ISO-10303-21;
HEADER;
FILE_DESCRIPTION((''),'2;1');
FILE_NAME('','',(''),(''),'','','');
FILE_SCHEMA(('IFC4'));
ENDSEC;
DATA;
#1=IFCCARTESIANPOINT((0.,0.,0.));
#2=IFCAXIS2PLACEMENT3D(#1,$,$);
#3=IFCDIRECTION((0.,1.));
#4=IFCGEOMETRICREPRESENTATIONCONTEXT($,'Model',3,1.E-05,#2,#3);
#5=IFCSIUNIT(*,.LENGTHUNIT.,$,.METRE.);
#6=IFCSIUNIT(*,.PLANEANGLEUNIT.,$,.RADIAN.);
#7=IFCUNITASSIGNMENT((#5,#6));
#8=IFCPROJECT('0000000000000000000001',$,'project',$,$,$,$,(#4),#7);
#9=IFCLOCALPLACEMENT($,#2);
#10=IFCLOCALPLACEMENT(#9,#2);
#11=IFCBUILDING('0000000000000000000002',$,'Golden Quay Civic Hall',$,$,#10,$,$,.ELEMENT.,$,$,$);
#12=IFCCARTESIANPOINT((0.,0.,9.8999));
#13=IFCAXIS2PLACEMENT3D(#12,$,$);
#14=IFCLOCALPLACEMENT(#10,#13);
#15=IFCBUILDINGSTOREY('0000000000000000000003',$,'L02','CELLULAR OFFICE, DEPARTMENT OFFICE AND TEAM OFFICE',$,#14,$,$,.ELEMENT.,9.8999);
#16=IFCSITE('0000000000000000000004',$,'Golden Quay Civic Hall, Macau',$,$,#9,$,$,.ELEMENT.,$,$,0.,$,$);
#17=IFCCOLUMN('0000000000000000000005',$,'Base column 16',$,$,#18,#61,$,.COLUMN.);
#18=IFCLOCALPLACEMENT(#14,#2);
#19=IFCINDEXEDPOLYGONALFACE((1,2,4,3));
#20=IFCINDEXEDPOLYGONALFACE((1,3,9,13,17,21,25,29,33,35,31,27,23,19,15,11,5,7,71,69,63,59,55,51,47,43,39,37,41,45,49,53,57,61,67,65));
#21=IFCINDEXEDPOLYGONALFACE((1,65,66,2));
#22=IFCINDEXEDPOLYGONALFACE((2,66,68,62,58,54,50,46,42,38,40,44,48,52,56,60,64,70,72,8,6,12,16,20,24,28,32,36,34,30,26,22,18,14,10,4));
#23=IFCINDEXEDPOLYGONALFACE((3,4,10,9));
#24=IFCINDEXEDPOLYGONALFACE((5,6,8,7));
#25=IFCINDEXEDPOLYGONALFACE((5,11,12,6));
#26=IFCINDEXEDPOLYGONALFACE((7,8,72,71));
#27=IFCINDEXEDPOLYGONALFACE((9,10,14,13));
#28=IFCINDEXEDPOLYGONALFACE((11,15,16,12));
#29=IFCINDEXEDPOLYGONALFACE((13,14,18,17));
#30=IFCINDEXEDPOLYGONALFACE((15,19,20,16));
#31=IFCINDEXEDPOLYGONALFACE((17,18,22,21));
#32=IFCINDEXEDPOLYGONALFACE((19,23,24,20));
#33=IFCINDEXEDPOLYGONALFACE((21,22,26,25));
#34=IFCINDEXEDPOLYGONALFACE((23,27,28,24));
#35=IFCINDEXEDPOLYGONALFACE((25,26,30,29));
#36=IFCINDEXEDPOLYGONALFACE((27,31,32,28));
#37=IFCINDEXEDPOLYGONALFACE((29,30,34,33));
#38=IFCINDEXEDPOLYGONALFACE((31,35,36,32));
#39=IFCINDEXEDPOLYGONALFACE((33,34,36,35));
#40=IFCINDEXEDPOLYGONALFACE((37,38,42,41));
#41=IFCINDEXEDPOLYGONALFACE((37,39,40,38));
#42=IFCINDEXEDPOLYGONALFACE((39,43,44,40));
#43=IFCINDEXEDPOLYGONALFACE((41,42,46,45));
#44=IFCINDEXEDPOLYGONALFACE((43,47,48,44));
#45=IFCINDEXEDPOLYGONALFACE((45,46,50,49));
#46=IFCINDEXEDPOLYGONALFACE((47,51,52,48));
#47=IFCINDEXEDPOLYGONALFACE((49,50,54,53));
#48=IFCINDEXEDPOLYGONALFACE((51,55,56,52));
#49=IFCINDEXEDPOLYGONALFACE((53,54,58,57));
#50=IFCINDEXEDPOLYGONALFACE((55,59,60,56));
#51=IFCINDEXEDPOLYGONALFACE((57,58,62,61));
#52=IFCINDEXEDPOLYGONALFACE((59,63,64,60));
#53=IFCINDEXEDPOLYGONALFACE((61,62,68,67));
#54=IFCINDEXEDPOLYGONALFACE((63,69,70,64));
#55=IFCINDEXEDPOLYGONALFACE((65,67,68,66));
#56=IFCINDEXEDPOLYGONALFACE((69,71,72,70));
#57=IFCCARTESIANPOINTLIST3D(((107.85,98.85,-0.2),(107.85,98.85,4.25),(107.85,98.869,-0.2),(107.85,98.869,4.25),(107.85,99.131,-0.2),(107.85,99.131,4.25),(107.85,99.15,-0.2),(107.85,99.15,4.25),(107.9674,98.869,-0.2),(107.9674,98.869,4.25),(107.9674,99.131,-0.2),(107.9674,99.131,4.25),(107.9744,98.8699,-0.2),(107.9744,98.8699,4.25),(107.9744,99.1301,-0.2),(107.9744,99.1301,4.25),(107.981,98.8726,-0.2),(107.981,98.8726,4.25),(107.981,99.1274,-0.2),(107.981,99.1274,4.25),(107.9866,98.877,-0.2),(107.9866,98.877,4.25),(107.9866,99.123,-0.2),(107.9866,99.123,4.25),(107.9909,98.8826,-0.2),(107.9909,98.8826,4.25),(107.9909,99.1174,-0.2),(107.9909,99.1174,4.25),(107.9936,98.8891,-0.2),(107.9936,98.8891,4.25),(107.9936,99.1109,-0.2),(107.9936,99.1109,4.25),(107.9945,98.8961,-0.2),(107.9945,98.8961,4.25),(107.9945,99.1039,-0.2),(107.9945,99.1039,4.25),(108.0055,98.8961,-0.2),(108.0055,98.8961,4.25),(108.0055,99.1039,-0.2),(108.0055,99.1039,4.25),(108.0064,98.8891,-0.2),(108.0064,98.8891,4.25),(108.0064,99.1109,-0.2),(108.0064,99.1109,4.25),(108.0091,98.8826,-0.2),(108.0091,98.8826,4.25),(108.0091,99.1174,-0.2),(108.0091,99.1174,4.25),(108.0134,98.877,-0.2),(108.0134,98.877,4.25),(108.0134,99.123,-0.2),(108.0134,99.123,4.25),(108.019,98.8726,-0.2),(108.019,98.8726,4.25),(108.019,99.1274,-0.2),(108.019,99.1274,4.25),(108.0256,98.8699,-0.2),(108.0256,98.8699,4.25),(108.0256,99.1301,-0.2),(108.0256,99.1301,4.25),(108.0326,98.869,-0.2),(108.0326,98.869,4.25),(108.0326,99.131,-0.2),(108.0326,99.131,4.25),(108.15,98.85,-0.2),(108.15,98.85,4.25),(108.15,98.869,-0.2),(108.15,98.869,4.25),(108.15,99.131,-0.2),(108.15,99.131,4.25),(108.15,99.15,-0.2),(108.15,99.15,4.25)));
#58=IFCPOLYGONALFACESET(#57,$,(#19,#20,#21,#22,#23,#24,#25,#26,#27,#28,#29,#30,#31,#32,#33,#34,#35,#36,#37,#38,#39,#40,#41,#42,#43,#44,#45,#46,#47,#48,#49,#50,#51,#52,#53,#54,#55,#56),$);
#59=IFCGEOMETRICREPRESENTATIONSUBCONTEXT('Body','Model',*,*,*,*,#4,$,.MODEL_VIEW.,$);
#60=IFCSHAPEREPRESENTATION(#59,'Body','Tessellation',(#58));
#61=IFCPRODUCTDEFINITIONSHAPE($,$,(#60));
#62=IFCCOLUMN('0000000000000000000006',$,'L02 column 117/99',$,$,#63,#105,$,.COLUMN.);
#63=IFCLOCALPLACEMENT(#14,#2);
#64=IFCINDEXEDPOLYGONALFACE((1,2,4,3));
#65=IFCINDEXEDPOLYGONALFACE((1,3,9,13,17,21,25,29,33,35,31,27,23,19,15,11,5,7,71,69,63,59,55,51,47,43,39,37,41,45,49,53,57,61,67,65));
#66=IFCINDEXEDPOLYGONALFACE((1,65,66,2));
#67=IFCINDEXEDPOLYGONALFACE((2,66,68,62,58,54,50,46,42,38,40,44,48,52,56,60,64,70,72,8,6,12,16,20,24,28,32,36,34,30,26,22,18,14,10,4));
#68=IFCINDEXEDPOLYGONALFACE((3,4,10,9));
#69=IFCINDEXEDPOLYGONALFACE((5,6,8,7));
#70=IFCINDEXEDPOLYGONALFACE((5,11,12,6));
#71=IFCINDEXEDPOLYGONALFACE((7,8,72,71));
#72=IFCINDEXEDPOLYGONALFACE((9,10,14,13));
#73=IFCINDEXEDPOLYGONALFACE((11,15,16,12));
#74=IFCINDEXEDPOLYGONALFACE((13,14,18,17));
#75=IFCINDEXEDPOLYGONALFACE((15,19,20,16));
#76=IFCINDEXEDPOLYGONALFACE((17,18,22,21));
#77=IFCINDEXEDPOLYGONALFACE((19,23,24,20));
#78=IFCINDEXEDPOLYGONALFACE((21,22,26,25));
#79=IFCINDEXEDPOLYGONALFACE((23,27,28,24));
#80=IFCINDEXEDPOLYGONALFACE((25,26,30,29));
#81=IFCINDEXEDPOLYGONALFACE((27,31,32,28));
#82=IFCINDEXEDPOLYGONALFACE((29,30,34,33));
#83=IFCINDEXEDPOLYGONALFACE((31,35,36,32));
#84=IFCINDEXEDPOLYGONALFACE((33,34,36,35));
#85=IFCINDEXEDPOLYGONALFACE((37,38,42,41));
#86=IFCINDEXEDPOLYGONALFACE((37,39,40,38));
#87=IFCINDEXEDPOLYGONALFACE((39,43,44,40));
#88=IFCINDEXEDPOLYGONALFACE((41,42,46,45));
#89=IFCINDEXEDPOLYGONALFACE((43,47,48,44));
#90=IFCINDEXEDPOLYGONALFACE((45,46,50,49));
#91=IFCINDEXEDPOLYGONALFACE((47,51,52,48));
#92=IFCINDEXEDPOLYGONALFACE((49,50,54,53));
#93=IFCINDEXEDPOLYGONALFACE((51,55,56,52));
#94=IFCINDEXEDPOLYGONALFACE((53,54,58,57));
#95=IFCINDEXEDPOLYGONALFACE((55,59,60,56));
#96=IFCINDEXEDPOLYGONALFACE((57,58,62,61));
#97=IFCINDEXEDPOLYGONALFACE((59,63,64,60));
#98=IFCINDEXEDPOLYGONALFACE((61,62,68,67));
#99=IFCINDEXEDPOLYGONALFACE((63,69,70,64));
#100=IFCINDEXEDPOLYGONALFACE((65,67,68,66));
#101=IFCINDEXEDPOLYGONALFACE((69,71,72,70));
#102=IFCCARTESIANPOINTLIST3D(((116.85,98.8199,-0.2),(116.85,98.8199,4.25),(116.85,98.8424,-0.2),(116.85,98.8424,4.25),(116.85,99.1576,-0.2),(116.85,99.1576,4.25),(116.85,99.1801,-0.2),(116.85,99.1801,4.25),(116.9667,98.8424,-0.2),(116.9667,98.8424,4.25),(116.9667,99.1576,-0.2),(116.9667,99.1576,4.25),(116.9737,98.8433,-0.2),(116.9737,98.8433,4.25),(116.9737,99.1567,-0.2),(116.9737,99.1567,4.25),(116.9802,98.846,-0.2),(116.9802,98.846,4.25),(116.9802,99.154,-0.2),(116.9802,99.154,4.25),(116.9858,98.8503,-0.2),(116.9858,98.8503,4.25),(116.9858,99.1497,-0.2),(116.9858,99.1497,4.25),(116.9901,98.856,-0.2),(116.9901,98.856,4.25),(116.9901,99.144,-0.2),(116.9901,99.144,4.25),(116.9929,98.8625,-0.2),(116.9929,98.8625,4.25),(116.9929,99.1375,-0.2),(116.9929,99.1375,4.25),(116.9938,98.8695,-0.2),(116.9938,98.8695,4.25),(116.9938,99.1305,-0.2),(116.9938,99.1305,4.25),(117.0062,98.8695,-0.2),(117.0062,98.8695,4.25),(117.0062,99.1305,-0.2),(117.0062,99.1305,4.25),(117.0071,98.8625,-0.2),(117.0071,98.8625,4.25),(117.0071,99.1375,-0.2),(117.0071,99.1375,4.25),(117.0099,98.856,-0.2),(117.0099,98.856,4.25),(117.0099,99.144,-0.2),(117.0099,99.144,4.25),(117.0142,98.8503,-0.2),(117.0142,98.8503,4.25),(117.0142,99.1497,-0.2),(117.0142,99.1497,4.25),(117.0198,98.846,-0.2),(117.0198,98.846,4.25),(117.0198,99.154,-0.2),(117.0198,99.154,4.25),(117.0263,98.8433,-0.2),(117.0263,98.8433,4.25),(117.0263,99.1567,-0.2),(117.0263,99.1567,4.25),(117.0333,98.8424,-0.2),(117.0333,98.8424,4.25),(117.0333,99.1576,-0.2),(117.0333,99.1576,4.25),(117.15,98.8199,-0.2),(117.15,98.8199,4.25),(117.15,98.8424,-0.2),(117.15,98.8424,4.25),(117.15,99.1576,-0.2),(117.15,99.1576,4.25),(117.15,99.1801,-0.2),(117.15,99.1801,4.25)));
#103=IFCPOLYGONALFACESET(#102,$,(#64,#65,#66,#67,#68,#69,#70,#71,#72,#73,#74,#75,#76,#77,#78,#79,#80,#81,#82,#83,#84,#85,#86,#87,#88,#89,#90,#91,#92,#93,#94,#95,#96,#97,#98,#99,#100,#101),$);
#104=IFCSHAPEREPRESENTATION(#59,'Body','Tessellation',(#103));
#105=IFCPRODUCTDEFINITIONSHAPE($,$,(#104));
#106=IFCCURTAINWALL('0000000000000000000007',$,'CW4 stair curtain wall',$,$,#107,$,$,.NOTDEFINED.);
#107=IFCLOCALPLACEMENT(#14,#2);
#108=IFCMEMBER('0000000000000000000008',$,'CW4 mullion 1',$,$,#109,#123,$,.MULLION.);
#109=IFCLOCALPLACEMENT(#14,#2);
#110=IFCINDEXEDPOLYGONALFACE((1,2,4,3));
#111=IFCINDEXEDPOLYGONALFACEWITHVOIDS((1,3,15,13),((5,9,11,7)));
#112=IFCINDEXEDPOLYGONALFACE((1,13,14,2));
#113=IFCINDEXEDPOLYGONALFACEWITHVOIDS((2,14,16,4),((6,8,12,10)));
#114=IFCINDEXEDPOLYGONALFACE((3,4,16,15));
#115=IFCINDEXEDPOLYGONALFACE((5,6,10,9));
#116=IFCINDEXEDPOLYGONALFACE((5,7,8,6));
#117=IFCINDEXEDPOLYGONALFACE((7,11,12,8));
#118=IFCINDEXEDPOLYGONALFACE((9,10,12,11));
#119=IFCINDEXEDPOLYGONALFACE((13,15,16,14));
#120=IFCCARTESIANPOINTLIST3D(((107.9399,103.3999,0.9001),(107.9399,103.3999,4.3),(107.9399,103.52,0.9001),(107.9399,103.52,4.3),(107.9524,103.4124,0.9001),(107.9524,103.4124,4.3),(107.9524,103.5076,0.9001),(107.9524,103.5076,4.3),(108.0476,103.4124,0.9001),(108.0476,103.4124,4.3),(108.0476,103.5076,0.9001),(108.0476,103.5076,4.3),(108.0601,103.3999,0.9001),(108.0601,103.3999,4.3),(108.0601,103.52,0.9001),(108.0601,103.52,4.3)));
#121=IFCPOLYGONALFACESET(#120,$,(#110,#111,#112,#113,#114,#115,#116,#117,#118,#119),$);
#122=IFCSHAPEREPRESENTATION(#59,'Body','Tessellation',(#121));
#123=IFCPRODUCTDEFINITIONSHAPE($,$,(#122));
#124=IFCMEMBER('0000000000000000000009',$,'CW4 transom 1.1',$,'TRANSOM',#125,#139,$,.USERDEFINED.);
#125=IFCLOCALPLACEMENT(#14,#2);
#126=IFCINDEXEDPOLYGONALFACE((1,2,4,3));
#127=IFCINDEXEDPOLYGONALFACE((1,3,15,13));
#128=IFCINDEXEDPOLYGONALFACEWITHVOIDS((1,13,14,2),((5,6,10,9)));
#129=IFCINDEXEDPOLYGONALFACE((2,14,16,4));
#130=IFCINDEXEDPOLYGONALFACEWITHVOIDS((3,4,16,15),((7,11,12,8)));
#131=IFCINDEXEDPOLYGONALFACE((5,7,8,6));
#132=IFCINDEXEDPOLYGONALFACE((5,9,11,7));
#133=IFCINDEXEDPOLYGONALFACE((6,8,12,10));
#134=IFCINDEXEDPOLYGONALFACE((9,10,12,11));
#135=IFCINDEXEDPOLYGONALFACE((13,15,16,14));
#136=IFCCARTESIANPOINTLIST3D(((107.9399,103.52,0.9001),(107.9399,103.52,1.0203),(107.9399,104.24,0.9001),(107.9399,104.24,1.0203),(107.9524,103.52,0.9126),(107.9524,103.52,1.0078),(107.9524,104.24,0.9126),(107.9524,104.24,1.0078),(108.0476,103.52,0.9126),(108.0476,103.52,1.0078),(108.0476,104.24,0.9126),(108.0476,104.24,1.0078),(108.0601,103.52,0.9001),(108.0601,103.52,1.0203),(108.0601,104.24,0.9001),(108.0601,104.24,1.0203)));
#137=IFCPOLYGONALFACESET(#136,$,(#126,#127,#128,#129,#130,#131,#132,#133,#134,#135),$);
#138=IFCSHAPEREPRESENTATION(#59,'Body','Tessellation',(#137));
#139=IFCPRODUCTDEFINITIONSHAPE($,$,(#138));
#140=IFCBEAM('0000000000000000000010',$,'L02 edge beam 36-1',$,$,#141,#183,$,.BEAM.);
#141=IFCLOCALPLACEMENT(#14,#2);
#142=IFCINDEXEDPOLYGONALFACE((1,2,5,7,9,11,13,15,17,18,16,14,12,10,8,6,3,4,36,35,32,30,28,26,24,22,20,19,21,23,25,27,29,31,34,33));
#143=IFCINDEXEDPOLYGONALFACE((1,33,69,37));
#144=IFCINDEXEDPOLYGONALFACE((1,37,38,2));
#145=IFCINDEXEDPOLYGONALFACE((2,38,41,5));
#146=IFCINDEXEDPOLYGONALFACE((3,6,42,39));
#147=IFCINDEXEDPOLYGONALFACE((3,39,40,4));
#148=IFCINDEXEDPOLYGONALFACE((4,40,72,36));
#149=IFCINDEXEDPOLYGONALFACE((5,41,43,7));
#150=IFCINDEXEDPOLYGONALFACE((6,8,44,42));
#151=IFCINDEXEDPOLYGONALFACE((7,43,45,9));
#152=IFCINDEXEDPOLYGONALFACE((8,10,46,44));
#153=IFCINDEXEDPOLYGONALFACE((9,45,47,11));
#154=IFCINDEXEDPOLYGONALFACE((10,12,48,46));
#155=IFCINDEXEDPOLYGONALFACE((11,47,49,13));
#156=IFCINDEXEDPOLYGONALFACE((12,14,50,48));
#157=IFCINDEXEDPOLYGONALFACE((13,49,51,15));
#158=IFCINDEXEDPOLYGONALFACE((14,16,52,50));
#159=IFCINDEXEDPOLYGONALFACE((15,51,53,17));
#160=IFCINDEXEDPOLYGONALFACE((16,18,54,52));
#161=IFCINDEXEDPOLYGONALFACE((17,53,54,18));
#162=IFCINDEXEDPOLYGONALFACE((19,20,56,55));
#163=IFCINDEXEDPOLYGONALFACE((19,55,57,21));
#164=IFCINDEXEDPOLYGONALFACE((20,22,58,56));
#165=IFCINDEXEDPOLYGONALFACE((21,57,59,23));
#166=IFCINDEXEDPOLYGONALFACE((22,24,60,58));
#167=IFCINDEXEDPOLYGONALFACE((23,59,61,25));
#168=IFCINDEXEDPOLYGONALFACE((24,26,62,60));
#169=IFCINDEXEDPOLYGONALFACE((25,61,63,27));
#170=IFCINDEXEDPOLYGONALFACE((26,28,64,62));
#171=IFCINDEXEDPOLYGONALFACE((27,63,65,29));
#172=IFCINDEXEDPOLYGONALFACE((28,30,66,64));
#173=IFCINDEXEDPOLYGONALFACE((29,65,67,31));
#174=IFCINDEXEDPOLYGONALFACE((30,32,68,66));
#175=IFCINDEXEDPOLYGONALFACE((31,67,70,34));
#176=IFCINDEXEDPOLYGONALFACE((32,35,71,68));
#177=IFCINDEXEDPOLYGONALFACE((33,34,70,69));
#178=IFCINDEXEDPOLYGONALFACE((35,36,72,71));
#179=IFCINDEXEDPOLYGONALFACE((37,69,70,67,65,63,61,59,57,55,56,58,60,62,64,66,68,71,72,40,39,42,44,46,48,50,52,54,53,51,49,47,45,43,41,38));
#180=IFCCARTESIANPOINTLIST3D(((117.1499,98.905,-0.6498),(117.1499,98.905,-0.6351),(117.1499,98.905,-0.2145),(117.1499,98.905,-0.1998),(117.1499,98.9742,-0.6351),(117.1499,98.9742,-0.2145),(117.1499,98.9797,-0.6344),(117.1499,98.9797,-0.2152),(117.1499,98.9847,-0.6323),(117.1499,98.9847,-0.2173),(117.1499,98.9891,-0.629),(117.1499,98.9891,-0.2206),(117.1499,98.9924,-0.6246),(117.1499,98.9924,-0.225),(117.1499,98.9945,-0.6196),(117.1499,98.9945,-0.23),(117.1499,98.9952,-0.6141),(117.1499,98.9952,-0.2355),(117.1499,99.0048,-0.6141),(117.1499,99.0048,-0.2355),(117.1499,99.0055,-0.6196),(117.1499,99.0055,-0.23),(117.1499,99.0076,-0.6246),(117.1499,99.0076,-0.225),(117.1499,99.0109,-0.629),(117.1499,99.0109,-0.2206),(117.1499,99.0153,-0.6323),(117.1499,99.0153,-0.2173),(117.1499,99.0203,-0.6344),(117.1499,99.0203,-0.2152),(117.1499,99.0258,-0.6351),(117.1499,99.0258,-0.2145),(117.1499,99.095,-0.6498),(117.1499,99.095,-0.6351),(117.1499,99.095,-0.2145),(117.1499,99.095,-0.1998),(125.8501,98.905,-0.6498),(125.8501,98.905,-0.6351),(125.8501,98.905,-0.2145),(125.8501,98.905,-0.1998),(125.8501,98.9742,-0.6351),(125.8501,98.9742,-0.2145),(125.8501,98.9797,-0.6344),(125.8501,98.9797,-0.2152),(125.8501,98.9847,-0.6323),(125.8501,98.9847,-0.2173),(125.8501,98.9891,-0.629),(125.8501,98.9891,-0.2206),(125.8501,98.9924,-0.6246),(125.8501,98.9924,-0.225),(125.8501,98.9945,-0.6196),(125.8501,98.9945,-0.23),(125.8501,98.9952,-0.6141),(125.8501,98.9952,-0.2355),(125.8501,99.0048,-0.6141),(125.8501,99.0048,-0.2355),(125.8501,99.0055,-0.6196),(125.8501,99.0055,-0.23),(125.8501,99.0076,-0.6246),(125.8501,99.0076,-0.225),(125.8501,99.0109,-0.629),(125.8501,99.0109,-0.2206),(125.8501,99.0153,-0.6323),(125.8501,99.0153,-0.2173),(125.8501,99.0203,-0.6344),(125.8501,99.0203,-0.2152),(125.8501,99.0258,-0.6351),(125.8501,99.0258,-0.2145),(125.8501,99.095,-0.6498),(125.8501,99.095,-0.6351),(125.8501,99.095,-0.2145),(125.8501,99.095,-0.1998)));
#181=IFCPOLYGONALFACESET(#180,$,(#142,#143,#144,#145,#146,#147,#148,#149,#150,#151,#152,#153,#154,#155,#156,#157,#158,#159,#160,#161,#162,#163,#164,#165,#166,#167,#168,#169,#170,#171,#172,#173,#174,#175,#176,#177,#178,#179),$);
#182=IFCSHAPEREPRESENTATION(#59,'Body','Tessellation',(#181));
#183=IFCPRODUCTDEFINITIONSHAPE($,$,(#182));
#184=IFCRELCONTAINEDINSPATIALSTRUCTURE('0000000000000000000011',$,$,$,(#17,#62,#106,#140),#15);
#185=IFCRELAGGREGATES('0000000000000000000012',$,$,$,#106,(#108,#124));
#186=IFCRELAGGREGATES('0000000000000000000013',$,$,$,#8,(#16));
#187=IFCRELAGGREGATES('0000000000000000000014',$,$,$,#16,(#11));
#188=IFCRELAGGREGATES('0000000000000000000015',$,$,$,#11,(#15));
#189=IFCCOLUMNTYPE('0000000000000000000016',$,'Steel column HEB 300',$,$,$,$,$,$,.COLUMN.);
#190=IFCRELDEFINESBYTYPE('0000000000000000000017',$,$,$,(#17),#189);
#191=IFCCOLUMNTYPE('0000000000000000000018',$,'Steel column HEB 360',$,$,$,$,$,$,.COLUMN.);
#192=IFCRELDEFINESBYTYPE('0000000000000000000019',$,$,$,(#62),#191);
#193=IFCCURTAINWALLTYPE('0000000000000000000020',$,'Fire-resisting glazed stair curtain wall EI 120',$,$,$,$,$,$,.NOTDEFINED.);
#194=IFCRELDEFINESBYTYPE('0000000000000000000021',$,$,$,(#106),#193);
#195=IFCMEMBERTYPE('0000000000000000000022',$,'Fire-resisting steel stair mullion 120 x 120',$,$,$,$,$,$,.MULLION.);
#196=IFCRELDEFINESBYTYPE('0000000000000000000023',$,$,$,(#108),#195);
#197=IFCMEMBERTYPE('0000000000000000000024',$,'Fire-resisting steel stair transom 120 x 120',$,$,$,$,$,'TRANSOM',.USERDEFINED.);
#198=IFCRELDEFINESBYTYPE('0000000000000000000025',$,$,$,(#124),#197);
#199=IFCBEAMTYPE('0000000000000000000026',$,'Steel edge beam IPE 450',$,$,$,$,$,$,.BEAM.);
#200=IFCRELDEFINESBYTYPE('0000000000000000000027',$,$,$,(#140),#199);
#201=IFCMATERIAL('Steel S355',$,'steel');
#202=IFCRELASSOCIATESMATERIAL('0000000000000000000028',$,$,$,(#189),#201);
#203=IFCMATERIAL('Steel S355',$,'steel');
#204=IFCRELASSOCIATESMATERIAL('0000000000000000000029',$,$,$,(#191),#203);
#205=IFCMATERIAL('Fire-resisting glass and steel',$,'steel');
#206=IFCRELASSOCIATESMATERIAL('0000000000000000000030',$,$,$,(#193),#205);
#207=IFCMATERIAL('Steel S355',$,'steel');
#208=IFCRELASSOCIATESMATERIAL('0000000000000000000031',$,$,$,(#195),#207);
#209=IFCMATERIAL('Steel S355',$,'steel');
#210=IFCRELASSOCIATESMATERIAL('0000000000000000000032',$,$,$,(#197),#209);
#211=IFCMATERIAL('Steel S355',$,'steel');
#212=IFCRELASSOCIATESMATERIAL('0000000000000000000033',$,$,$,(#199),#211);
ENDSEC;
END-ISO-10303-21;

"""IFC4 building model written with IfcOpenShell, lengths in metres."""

from ifc_helpers import new_model, si_unit, direction, frame, origin, origin_2d, place, context, subcontext, project, spatial, hollow_rectangle, i_section, extrude, material, material_profile, profile_set, type_object, element, aggregate, save


model = new_model("IFC4")

# Units and contexts
model_context = context("Model", 3, precision=1e-05, world=origin(), true_north=direction((0.0, 1.0)))
body_context = subcontext(model_context, "Body", "Model", "MODEL_VIEW")
ifc_project = project(units=[si_unit("LENGTHUNIT", "METRE"), si_unit("PLANEANGLEUNIT", "RADIAN")], contexts=[model_context])

# Site, building, storey
site_placement = place(None, origin())
site = spatial("IfcSite", under=ifc_project, at=site_placement, Name="Golden Quay Civic Hall, Macau", CompositionType="ELEMENT", RefElevation=0.0)
building_placement = place(site_placement, origin())
building = spatial("IfcBuilding", under=site, at=building_placement, Name="Golden Quay Civic Hall", CompositionType="ELEMENT")
storey_placement = place(building_placement, frame((0.0, 0.0, 9.8999)))
storey = spatial("IfcBuildingStorey", under=building, at=storey_placement, Name="L02", Description="CELLULAR OFFICE, DEPARTMENT OFFICE AND TEAM OFFICE", CompositionType="ELEMENT", Elevation=9.8999)

# Columns
ifc_material_1 = material(Name="Steel S355", Category="steel")
ifc_material_profile_1 = material_profile(ifc_material_1, i_section(OverallWidth=0.3, OverallDepth=0.3, WebThickness=0.011, FlangeThickness=0.019, FilletRadius=0.0271, at=origin_2d()), Name="HEB 300")
ifc_profile_set_1 = profile_set([ifc_material_profile_1], Name="Steel S355")
column_type_1 = type_object("IfcColumnType", Name="Steel column HEB 300", PredefinedType="COLUMN", material=ifc_profile_set_1)
column_1_placement = place(storey_placement, frame((108.0, 99.0, -0.2), z_axis=(0.0, 0.0, 1.0), x_axis=(1.0, 0.0, 0.0)))
element("IfcColumn", 1, at=column_1_placement, inside=storey, type_object=column_type_1, Name="Base column 16", PredefinedType="COLUMN", context=body_context, shape_type="SweptSolid", body=[
    extrude(i_section(OverallWidth=0.3, OverallDepth=0.3, WebThickness=0.011, FlangeThickness=0.019, FilletRadius=0.0271, at=origin_2d()), origin(), (0.0, 0.0, 1.0), 4.45),
])
ifc_material_2 = material(Name="Steel S355", Category="steel")
ifc_material_profile_2 = material_profile(ifc_material_2, i_section(OverallWidth=0.3, OverallDepth=0.3601, WebThickness=0.0125, FlangeThickness=0.0225, FilletRadius=0.0271, at=origin_2d()), Name="HEB 360")
ifc_profile_set_2 = profile_set([ifc_material_profile_2], Name="Steel S355")
column_type_2 = type_object("IfcColumnType", Name="Steel column HEB 360", PredefinedType="COLUMN", material=ifc_profile_set_2)
column_2_placement = place(storey_placement, frame((117.0, 99.0, -0.2), z_axis=(0.0, 0.0, 1.0), x_axis=(1.0, 0.0, 0.0)))
element("IfcColumn", 2, at=column_2_placement, inside=storey, type_object=column_type_2, Name="L02 column 117/99", PredefinedType="COLUMN", context=body_context, shape_type="SweptSolid", body=[
    extrude(i_section(OverallWidth=0.3, OverallDepth=0.3601, WebThickness=0.0125, FlangeThickness=0.0225, FilletRadius=0.0271, at=origin_2d()), origin(), (0.0, 0.0, 1.0), 4.45),
])

# Curtain wall, members
ifc_material_3 = material(Name="Fire-resisting glass and steel", Category="steel")
curtain_wall_type = type_object("IfcCurtainWallType", Name="Fire-resisting glazed stair curtain wall EI 120", PredefinedType="NOTDEFINED", material=ifc_material_3)
curtain_wall_placement = place(storey_placement, origin())
curtain_wall = element("IfcCurtainWall", 3, at=curtain_wall_placement, inside=storey, type_object=curtain_wall_type, Name="CW4 stair curtain wall", PredefinedType="NOTDEFINED")
ifc_material_4 = material(Name="Steel S355", Category="steel")
ifc_material_profile_3 = material_profile(ifc_material_4, hollow_rectangle(XDim=0.1201, YDim=0.1201, WallThickness=0.0125, at=origin_2d()), Name="SHS 120x120x12.5")
ifc_profile_set_3 = profile_set([ifc_material_profile_3], Name="Steel S355")
member_type_1 = type_object("IfcMemberType", Name="Fire-resisting steel stair mullion 120 x 120", PredefinedType="MULLION", material=ifc_profile_set_3)
member_1_placement = place(storey_placement, frame((108.0, 103.46, 0.9001), z_axis=(0.0, 0.0, 1.0), x_axis=(-1.0, 0.0, 0.0)))
member_1 = element("IfcMember", 4, at=member_1_placement, type_object=member_type_1, Name="CW4 mullion 1", PredefinedType="MULLION", context=body_context, shape_type="SweptSolid", body=[
    extrude(hollow_rectangle(XDim=0.1201, YDim=0.1201, WallThickness=0.0125, at=origin_2d()), origin(), (0.0, 0.0, 1.0), 3.3999),
])
ifc_material_5 = material(Name="Steel S355", Category="steel")
ifc_material_profile_4 = material_profile(ifc_material_5, hollow_rectangle(XDim=0.1201, YDim=0.1201, WallThickness=0.0125, at=origin_2d()), Name="SHS 120x120x12.5")
ifc_profile_set_4 = profile_set([ifc_material_profile_4], Name="Steel S355")
member_type_2 = type_object("IfcMemberType", Name="Fire-resisting steel stair transom 120 x 120", ElementType="TRANSOM", PredefinedType="USERDEFINED", material=ifc_profile_set_4)
member_2_placement = place(storey_placement, frame((108.0, 103.52, 0.9602), z_axis=(0.0, 1.0, 0.0), x_axis=(-1.0, 0.0, 0.0)))
member_2 = element("IfcMember", 5, at=member_2_placement, type_object=member_type_2, Name="CW4 transom 1.1", ObjectType="TRANSOM", PredefinedType="USERDEFINED", context=body_context, shape_type="SweptSolid", body=[
    extrude(hollow_rectangle(XDim=0.1201, YDim=0.1201, WallThickness=0.0125, at=origin_2d()), origin(), (0.0, 0.0, 1.0), 0.72),
])
aggregate(curtain_wall, [member_1, member_2])

# Beam
ifc_material_6 = material(Name="Steel S355", Category="steel")
ifc_material_profile_5 = material_profile(ifc_material_6, i_section(OverallWidth=0.1899, OverallDepth=0.45, WebThickness=0.0095, FlangeThickness=0.0146, FilletRadius=0.021, at=origin_2d()), Name="IPE 450")
ifc_profile_set_5 = profile_set([ifc_material_profile_5], Name="Steel S355")
beam_type_1 = type_object("IfcBeamType", Name="Steel edge beam IPE 450", PredefinedType="BEAM", material=ifc_profile_set_5)
beam_1_placement = place(storey_placement, frame((117.1499, 99.0, -0.4248), z_axis=(1.0, 0.0, 0.0), x_axis=(0.0, 1.0, 0.0)))
element("IfcBeam", 6, at=beam_1_placement, inside=storey, type_object=beam_type_1, Name="L02 edge beam 36-1", PredefinedType="BEAM", context=body_context, shape_type="SweptSolid", body=[
    extrude(i_section(OverallWidth=0.1899, OverallDepth=0.45, WebThickness=0.0095, FlangeThickness=0.0146, FilletRadius=0.021, at=origin_2d()), origin(), (0.0, 0.0, 1.0), 8.7002),
])

save(model, "model.ifc")
